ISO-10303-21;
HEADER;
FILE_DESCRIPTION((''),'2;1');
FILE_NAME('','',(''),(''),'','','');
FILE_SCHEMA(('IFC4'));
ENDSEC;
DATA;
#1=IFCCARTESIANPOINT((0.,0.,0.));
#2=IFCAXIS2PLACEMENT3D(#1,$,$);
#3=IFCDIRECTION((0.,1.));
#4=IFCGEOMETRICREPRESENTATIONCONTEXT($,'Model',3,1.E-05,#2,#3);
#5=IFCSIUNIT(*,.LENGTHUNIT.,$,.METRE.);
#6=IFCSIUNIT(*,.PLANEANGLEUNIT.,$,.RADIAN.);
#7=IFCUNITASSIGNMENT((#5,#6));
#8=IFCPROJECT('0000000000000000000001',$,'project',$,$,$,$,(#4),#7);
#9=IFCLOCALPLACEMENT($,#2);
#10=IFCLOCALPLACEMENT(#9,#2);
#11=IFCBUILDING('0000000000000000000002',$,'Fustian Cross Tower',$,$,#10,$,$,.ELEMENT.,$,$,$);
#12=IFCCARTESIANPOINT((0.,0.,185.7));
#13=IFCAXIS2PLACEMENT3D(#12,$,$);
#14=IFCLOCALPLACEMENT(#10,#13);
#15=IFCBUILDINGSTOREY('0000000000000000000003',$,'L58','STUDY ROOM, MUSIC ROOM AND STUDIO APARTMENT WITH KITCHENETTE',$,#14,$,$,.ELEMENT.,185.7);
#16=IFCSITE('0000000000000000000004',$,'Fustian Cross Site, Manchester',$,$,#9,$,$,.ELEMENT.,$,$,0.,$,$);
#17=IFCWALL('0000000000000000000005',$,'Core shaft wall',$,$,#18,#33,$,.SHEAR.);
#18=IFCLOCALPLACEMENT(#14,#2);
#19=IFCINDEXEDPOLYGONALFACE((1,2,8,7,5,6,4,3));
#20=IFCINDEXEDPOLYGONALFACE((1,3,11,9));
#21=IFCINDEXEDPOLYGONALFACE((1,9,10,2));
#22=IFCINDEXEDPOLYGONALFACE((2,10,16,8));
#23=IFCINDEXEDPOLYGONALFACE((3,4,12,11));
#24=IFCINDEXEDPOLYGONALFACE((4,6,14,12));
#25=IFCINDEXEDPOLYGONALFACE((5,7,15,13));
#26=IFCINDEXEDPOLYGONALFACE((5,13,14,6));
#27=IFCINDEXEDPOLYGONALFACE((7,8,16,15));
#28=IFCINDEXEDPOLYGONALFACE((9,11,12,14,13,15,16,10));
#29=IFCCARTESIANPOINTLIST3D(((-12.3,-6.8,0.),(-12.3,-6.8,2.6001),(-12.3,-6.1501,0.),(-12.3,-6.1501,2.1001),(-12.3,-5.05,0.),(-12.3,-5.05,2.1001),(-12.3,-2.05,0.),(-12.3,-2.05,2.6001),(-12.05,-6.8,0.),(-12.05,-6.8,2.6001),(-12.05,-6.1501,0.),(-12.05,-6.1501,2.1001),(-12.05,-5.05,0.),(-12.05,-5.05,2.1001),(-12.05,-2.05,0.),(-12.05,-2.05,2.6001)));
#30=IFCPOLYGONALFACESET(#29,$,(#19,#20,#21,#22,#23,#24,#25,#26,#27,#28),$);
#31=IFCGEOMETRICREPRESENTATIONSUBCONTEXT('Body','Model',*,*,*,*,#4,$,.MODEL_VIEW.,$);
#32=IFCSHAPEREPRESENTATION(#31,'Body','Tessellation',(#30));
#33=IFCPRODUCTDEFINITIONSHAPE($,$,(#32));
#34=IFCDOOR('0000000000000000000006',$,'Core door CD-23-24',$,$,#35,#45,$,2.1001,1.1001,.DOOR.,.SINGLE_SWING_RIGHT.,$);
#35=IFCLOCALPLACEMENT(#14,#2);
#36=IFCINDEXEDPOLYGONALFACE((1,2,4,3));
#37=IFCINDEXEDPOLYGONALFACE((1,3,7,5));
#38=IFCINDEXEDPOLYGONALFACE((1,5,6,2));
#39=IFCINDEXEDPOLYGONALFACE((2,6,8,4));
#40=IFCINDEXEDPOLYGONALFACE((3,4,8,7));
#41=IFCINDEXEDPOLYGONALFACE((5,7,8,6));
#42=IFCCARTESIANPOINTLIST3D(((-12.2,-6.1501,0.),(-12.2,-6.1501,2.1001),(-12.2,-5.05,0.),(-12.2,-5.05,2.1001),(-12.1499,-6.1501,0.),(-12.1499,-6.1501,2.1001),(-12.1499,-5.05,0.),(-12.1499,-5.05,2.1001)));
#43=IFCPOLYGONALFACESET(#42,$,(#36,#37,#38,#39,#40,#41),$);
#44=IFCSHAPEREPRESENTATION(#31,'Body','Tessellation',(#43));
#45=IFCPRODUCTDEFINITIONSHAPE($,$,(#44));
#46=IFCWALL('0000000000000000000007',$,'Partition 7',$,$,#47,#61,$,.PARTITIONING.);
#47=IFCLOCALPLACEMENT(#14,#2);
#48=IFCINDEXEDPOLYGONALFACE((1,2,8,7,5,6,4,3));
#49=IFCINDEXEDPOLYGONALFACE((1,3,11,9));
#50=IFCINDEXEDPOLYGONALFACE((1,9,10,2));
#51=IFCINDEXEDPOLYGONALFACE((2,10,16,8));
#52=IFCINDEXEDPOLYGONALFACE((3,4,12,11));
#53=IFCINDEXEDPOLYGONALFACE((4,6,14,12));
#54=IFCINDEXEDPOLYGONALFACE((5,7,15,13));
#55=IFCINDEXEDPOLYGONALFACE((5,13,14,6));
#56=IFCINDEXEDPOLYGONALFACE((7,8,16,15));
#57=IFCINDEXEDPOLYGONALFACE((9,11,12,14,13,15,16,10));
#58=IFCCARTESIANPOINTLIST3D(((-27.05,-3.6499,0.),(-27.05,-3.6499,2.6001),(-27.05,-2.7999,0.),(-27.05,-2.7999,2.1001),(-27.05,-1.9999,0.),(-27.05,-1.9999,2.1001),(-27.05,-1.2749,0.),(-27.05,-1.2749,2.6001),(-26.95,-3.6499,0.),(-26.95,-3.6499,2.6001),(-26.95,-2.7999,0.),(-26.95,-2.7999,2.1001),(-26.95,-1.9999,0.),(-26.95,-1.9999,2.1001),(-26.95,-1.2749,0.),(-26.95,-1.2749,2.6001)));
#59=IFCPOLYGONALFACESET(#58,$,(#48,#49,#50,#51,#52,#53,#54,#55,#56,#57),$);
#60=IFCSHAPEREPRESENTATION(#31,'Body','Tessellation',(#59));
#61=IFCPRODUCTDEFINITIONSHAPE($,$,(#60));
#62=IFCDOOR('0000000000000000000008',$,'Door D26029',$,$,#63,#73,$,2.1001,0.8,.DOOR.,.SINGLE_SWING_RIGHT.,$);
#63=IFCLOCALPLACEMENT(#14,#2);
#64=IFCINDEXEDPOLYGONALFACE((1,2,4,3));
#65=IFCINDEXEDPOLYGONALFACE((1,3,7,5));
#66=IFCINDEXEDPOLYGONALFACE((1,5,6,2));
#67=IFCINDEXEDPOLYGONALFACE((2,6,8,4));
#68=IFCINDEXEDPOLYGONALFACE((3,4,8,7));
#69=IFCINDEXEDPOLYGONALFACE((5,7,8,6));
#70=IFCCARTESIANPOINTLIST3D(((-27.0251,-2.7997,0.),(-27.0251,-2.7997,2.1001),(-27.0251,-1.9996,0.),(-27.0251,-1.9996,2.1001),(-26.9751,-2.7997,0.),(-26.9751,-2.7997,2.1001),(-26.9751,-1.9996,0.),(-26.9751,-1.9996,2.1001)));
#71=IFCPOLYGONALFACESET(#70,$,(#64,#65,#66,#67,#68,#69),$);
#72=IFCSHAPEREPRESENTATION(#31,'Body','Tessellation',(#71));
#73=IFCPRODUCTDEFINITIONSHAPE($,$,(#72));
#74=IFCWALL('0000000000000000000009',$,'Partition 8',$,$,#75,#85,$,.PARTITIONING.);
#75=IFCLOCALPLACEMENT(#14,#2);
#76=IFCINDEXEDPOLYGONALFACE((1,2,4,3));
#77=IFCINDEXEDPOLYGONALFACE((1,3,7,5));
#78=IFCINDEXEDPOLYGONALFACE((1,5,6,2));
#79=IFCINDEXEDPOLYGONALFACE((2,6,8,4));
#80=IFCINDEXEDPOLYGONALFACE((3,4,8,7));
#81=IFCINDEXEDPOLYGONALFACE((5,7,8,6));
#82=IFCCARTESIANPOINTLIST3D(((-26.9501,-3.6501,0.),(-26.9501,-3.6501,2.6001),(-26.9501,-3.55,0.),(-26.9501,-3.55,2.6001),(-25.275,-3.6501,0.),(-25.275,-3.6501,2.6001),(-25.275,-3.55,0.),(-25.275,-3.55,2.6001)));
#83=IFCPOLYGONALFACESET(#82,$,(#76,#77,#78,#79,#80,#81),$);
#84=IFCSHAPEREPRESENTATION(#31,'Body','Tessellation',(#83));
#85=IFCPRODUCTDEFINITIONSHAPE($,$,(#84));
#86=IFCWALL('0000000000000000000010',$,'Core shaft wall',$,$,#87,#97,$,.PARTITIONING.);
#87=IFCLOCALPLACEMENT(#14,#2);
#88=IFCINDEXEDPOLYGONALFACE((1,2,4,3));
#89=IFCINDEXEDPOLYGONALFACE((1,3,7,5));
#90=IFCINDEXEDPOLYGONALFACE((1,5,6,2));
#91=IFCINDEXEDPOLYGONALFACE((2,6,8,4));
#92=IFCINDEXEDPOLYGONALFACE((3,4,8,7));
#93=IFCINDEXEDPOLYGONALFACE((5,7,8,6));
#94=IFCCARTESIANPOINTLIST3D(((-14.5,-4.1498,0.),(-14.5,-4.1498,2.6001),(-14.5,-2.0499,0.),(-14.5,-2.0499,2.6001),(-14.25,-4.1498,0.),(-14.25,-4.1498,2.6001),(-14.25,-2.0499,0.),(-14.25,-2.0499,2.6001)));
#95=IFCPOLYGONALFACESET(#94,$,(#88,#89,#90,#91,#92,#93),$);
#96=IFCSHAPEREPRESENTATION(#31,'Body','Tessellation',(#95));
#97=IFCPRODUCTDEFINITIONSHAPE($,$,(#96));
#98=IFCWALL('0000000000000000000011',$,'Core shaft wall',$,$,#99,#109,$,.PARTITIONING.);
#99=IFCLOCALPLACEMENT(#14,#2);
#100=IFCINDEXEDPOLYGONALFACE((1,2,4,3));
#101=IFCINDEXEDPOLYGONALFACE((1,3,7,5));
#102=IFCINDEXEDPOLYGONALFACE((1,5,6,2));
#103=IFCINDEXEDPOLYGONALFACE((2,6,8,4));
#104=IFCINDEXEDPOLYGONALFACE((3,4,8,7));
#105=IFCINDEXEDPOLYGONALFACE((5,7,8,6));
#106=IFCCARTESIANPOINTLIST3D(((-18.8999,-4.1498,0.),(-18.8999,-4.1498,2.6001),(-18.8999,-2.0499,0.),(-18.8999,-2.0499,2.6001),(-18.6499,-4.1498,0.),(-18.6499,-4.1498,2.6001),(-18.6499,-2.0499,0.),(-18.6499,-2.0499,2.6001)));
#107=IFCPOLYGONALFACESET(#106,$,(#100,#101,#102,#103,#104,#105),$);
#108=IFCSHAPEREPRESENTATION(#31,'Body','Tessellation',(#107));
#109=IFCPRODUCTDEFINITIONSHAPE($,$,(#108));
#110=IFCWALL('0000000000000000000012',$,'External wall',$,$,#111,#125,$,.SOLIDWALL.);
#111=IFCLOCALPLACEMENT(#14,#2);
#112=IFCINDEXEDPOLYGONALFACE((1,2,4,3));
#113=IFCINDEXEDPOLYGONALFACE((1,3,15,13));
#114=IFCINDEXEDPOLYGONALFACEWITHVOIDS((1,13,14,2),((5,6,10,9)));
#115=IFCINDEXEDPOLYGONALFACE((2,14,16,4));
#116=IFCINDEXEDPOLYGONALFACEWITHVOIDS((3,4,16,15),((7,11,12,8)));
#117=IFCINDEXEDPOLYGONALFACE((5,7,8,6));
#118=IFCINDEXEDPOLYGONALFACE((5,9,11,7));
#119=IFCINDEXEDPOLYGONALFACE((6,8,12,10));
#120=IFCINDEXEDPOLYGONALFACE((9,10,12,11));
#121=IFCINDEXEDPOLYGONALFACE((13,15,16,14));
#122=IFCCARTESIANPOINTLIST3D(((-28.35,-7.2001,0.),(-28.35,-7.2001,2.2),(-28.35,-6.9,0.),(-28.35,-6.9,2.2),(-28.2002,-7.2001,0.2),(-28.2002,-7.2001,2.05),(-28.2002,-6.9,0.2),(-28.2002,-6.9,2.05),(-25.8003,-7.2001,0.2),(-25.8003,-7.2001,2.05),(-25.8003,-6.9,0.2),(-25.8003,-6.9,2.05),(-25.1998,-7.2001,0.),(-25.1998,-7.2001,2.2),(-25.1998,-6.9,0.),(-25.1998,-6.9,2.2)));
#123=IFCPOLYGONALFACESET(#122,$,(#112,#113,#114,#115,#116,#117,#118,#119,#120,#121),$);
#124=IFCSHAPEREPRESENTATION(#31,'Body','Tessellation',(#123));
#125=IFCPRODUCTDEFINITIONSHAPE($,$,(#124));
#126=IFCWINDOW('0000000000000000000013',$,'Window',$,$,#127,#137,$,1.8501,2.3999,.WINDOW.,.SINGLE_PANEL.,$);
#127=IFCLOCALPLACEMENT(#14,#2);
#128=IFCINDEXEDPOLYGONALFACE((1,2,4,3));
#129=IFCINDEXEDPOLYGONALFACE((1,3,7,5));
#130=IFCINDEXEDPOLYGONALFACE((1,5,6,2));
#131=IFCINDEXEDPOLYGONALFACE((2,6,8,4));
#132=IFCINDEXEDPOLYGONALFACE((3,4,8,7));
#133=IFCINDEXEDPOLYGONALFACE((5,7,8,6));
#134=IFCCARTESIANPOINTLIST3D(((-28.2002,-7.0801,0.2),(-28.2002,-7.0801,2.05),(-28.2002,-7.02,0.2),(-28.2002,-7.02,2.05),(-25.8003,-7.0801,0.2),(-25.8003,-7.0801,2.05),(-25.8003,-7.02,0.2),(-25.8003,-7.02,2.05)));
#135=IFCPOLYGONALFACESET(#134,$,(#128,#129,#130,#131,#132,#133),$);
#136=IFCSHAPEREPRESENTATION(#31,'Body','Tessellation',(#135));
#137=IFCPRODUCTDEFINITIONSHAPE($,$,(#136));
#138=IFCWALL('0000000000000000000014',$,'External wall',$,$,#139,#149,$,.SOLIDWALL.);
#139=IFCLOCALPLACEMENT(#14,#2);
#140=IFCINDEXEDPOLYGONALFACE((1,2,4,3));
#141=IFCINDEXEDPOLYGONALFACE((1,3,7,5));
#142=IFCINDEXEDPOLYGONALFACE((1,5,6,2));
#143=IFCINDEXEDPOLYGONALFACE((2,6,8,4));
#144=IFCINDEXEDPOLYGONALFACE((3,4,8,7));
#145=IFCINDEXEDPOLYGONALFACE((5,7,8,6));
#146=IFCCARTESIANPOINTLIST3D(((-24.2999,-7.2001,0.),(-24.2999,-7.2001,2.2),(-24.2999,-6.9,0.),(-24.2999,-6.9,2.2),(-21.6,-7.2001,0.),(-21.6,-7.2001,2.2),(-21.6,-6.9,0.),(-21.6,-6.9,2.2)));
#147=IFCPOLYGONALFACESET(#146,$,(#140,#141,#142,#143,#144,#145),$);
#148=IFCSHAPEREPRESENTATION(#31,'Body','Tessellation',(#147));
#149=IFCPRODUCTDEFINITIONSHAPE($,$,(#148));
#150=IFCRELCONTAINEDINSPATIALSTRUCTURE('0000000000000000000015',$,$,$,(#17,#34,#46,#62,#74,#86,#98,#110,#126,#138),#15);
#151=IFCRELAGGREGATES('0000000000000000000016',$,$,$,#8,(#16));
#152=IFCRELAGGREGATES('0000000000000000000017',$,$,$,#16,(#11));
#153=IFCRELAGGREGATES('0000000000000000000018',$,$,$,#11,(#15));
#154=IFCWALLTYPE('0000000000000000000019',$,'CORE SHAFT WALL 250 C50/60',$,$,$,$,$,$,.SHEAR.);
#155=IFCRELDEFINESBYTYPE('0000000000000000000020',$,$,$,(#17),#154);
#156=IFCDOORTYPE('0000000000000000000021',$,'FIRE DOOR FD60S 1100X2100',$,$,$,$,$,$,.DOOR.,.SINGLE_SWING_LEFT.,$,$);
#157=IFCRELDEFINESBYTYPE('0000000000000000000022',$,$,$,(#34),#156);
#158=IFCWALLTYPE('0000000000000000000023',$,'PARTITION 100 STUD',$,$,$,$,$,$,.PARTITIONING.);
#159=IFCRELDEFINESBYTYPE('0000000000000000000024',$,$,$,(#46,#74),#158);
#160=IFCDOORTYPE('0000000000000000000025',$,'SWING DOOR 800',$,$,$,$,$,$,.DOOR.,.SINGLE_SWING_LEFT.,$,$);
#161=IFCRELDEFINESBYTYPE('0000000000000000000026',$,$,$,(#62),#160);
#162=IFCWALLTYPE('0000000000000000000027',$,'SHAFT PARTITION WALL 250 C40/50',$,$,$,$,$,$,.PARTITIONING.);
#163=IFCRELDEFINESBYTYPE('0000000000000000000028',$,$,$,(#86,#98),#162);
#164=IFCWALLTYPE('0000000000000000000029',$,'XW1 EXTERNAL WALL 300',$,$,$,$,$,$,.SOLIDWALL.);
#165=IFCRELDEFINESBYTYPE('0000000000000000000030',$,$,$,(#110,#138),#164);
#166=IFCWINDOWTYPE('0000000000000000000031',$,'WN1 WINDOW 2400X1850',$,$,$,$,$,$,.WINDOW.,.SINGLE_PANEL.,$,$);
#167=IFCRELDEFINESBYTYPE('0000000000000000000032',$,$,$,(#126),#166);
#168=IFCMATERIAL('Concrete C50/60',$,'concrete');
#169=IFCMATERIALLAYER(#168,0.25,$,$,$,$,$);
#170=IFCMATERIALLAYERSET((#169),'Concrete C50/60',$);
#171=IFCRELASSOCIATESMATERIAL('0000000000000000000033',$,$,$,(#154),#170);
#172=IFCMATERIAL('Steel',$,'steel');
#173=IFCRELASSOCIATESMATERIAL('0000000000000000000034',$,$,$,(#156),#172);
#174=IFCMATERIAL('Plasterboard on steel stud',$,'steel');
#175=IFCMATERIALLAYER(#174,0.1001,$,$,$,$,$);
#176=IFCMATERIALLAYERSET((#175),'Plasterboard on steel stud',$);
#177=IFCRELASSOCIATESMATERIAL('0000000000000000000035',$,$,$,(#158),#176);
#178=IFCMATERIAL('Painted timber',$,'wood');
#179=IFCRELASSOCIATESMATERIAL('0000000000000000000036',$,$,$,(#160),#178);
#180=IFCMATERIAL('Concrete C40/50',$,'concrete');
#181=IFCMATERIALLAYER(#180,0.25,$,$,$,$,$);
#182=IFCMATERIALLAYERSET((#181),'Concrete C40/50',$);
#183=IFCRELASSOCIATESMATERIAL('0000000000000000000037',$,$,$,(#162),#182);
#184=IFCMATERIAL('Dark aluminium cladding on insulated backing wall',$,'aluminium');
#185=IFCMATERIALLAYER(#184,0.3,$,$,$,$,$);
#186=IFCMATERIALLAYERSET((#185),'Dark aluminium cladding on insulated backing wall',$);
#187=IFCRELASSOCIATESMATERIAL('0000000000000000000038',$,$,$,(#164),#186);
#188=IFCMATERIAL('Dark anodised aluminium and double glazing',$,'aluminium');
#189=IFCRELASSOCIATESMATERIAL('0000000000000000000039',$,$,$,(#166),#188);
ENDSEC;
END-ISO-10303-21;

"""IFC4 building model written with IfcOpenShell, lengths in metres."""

from ifc_helpers import new_model, si_unit, direction, frame, frame_2d, origin, place, context, subcontext, project, spatial, rectangle, extrude, material, layer, layer_set, type_object, element, fill, save


model = new_model("IFC4")

# Units and contexts
model_context = context("Model", 3, precision=1e-05, world=origin(), true_north=direction((0.0, 1.0)))
body_context = subcontext(model_context, "Body", "Model", "MODEL_VIEW")
ifc_project = project(units=[si_unit("LENGTHUNIT", "METRE"), si_unit("PLANEANGLEUNIT", "RADIAN")], contexts=[model_context])

# Site, building, storey
site_placement = place(None, origin())
site = spatial("IfcSite", under=ifc_project, at=site_placement, Name="Fustian Cross Site, Manchester", CompositionType="ELEMENT", RefElevation=0.0)
building_placement = place(site_placement, origin())
building = spatial("IfcBuilding", under=site, at=building_placement, Name="Fustian Cross Tower", CompositionType="ELEMENT")
storey_placement = place(building_placement, frame((0.0, 0.0, 185.7)))
storey = spatial("IfcBuildingStorey", under=building, at=storey_placement, Name="L58", Description="STUDY ROOM, MUSIC ROOM AND STUDIO APARTMENT WITH KITCHENETTE", CompositionType="ELEMENT", Elevation=185.7)

# Shared definitions
ifc_material_1 = material(Name="Concrete C50/60", Category="concrete")
ifc_layer_1 = layer(ifc_material_1, 0.25)
ifc_layer_set_1 = layer_set([ifc_layer_1], Name="Concrete C50/60")
wall_type_1 = type_object("IfcWallType", Name="CORE SHAFT WALL 250 C50/60", PredefinedType="SHEAR", material=ifc_layer_set_1)

# Walls, openings, doors
wall_1_placement = place(storey_placement, frame((-12.175, -2.05, 0.0), z_axis=(0.0, 0.0, 1.0), x_axis=(0.0, -1.0, 0.0)))
wall_1 = element("IfcWall", 1, at=wall_1_placement, inside=storey, type_object=wall_type_1, Name="Core shaft wall", PredefinedType="SHEAR", context=body_context, shape_type="SweptSolid", body=[
    extrude(rectangle(XDim=4.75, YDim=0.25, at=frame_2d((2.375, 0.0))), origin(), (0.0, 0.0, 1.0), 2.6001),
])
opening_1_placement = place(wall_1_placement, frame((3.0, 0.0, 0.0)))
opening_1 = element("IfcOpeningElement", 2, at=opening_1_placement, cuts=wall_1, PredefinedType="OPENING", context=body_context, shape_type="SweptSolid", body=[
    extrude(rectangle(XDim=1.1001, YDim=2.1001, at=frame_2d((0.55, 1.05))), frame((0.0, 0.135, 0.0), z_axis=(0.0, -1.0, 0.0), x_axis=(1.0, 0.0, 0.0)), (0.0, 0.0, 1.0), 0.27),
])
ifc_material_2 = material(Name="Steel", Category="steel")
door_type_1 = type_object("IfcDoorType", Name="FIRE DOOR FD60S 1100X2100", OperationType="SINGLE_SWING_LEFT", PredefinedType="DOOR", material=ifc_material_2)
door_1_placement = place(opening_1_placement, frame((1.1001, 0.0, 0.0), z_axis=(0.0, 0.0, 1.0), x_axis=(-1.0, 0.0, 0.0)))
door_1 = element("IfcDoor", 3, at=door_1_placement, inside=storey, type_object=door_type_1, Name="Core door CD-23-24", OperationType="SINGLE_SWING_RIGHT", OverallHeight=2.1001, OverallWidth=1.1001, PredefinedType="DOOR", context=body_context, shape_type="SweptSolid", body=[
    extrude(rectangle(XDim=1.1001, YDim=2.1001, at=frame_2d((0.55, 1.05))), frame((0.0, 0.0249, 0.0), z_axis=(0.0, -1.0, 0.0), x_axis=(1.0, 0.0, 0.0)), (0.0, 0.0, 1.0), 0.05),
])
fill(opening_1, door_1)
ifc_material_3 = material(Name="Plasterboard on steel stud", Category="steel")
ifc_layer_2 = layer(ifc_material_3, 0.1001)
ifc_layer_set_2 = layer_set([ifc_layer_2], Name="Plasterboard on steel stud")
wall_type_2 = type_object("IfcWallType", Name="PARTITION 100 STUD", PredefinedType="PARTITIONING", material=ifc_layer_set_2)
wall_2_placement = place(storey_placement, frame((-27.0, -3.6499, 0.0), z_axis=(0.0, 0.0, 1.0), x_axis=(0.0, 1.0, 0.0)))
wall_2 = element("IfcWall", 4, at=wall_2_placement, inside=storey, type_object=wall_type_2, Name="Partition 7", PredefinedType="PARTITIONING", context=body_context, shape_type="SweptSolid", body=[
    extrude(rectangle(XDim=2.375, YDim=0.1001, at=frame_2d((1.1875, 0.0))), origin(), (0.0, 0.0, 1.0), 2.6001),
])
opening_2_placement = place(wall_2_placement, frame((0.8501, 0.0, 0.0)))
opening_2 = element("IfcOpeningElement", 5, at=opening_2_placement, cuts=wall_2, PredefinedType="OPENING", context=body_context, shape_type="SweptSolid", body=[
    extrude(rectangle(XDim=0.8, YDim=2.1001, at=frame_2d((0.3999, 1.05))), frame((0.0, 0.0601, 0.0), z_axis=(0.0, -1.0, 0.0), x_axis=(1.0, 0.0, 0.0)), (0.0, 0.0, 1.0), 0.1201),
])
ifc_material_4 = material(Name="Painted timber", Category="wood")
door_type_2 = type_object("IfcDoorType", Name="SWING DOOR 800", OperationType="SINGLE_SWING_LEFT", PredefinedType="DOOR", material=ifc_material_4)
door_2_placement = place(opening_2_placement, frame((0.8, 0.0, 0.0), z_axis=(0.0, 0.0, 1.0), x_axis=(-1.0, 0.0, 0.0)))
door_2 = element("IfcDoor", 6, at=door_2_placement, inside=storey, type_object=door_type_2, Name="Door D26029", OperationType="SINGLE_SWING_RIGHT", OverallHeight=2.1001, OverallWidth=0.8, PredefinedType="DOOR", context=body_context, shape_type="SweptSolid", body=[
    extrude(rectangle(XDim=0.8, YDim=2.1001, at=frame_2d((0.3999, 1.05))), frame((0.0, 0.0249, 0.0), z_axis=(0.0, -1.0, 0.0), x_axis=(1.0, 0.0, 0.0)), (0.0, 0.0, 1.0), 0.05),
])
fill(opening_2, door_2)

# Walls
wall_3_placement = place(storey_placement, frame((-26.95, -3.6001, 0.0), z_axis=(0.0, 0.0, 1.0), x_axis=(1.0, 0.0, 0.0)))
element("IfcWall", 7, at=wall_3_placement, inside=storey, type_object=wall_type_2, Name="Partition 8", PredefinedType="PARTITIONING", context=body_context, shape_type="SweptSolid", body=[
    extrude(rectangle(XDim=1.675, YDim=0.1001, at=frame_2d((0.8374, 0.0))), origin(), (0.0, 0.0, 1.0), 2.6001),
])
ifc_material_5 = material(Name="Concrete C40/50", Category="concrete")
ifc_layer_3 = layer(ifc_material_5, 0.25)
ifc_layer_set_3 = layer_set([ifc_layer_3], Name="Concrete C40/50")
wall_type_3 = type_object("IfcWallType", Name="SHAFT PARTITION WALL 250 C40/50", PredefinedType="PARTITIONING", material=ifc_layer_set_3)
for number, where, z_axis, x_axis, name in (
    (8, (-14.375, -2.05, 0.0), (0.0, 0.0, 1.0), (0.0, -1.0, 0.0), "Core shaft wall"),
    (9, (-18.7749, -2.05, 0.0), (0.0, 0.0, 1.0), (0.0, -1.0, 0.0), "Core shaft wall"),
):
    element("IfcWall", number, at=place(storey_placement, frame(where, z_axis=z_axis, x_axis=x_axis)), inside=storey, type_object=wall_type_3, Name=name, PredefinedType="PARTITIONING", context=body_context, shape_type="SweptSolid", body=[
        extrude(rectangle(XDim=2.0999, YDim=0.25, at=frame_2d((1.0498, 0.0))), origin(), (0.0, 0.0, 1.0), 2.6001),
    ])

# Wall, opening, window
ifc_material_6 = material(Name="Dark aluminium cladding on insulated backing wall", Category="aluminium")
ifc_layer_4 = layer(ifc_material_6, 0.3)
ifc_layer_set_4 = layer_set([ifc_layer_4], Name="Dark aluminium cladding on insulated backing wall")
wall_type_4 = type_object("IfcWallType", Name="XW1 EXTERNAL WALL 300", PredefinedType="SOLIDWALL", material=ifc_layer_set_4)
wall_4_placement = place(storey_placement, frame((-28.3501, -7.05, 0.0), z_axis=(0.0, 0.0, 1.0), x_axis=(1.0, 0.0, 0.0)))
wall_4 = element("IfcWall", 10, at=wall_4_placement, inside=storey, type_object=wall_type_4, Name="External wall", PredefinedType="SOLIDWALL", context=body_context, shape_type="SweptSolid", body=[
    extrude(rectangle(XDim=3.1501, YDim=0.3, at=frame_2d((1.5752, 0.0))), origin(), (0.0, 0.0, 1.0), 2.2),
])
opening_3_placement = place(wall_4_placement, frame((0.1499, 0.0, 0.2)))
opening_3 = element("IfcOpeningElement", 11, at=opening_3_placement, cuts=wall_4, PredefinedType="OPENING", context=body_context, shape_type="SweptSolid", body=[
    extrude(rectangle(XDim=2.3999, YDim=1.8501, at=frame_2d((1.2, 0.925))), frame((0.0, 0.1599, 0.0), z_axis=(0.0, -1.0, 0.0), x_axis=(1.0, 0.0, 0.0)), (0.0, 0.0, 1.0), 0.3201),
])
ifc_material_7 = material(Name="Dark anodised aluminium and double glazing", Category="aluminium")
window_type = type_object("IfcWindowType", Name="WN1 WINDOW 2400X1850", PartitioningType="SINGLE_PANEL", PredefinedType="WINDOW", material=ifc_material_7)
window_placement = place(opening_3_placement, origin())
window = element("IfcWindow", 12, at=window_placement, inside=storey, type_object=window_type, Name="Window", OverallHeight=1.8501, OverallWidth=2.3999, PartitioningType="SINGLE_PANEL", PredefinedType="WINDOW", context=body_context, shape_type="SweptSolid", body=[
    extrude(rectangle(XDim=2.3999, YDim=1.8501, at=frame_2d((1.2, 0.925))), frame((0.0, 0.03, 0.0), z_axis=(0.0, -1.0, 0.0), x_axis=(1.0, 0.0, 0.0)), (0.0, 0.0, 1.0), 0.0601),
])
fill(opening_3, window)

# Wall
wall_5_placement = place(storey_placement, frame((-24.3, -7.05, 0.0), z_axis=(0.0, 0.0, 1.0), x_axis=(1.0, 0.0, 0.0)))
element("IfcWall", 13, at=wall_5_placement, inside=storey, type_object=wall_type_4, Name="External wall", PredefinedType="SOLIDWALL", context=body_context, shape_type="SweptSolid", body=[
    extrude(rectangle(XDim=2.7, YDim=0.3, at=frame_2d((1.3501, 0.0))), origin(), (0.0, 0.0, 1.0), 2.2),
])

save(model, "model.ifc")
